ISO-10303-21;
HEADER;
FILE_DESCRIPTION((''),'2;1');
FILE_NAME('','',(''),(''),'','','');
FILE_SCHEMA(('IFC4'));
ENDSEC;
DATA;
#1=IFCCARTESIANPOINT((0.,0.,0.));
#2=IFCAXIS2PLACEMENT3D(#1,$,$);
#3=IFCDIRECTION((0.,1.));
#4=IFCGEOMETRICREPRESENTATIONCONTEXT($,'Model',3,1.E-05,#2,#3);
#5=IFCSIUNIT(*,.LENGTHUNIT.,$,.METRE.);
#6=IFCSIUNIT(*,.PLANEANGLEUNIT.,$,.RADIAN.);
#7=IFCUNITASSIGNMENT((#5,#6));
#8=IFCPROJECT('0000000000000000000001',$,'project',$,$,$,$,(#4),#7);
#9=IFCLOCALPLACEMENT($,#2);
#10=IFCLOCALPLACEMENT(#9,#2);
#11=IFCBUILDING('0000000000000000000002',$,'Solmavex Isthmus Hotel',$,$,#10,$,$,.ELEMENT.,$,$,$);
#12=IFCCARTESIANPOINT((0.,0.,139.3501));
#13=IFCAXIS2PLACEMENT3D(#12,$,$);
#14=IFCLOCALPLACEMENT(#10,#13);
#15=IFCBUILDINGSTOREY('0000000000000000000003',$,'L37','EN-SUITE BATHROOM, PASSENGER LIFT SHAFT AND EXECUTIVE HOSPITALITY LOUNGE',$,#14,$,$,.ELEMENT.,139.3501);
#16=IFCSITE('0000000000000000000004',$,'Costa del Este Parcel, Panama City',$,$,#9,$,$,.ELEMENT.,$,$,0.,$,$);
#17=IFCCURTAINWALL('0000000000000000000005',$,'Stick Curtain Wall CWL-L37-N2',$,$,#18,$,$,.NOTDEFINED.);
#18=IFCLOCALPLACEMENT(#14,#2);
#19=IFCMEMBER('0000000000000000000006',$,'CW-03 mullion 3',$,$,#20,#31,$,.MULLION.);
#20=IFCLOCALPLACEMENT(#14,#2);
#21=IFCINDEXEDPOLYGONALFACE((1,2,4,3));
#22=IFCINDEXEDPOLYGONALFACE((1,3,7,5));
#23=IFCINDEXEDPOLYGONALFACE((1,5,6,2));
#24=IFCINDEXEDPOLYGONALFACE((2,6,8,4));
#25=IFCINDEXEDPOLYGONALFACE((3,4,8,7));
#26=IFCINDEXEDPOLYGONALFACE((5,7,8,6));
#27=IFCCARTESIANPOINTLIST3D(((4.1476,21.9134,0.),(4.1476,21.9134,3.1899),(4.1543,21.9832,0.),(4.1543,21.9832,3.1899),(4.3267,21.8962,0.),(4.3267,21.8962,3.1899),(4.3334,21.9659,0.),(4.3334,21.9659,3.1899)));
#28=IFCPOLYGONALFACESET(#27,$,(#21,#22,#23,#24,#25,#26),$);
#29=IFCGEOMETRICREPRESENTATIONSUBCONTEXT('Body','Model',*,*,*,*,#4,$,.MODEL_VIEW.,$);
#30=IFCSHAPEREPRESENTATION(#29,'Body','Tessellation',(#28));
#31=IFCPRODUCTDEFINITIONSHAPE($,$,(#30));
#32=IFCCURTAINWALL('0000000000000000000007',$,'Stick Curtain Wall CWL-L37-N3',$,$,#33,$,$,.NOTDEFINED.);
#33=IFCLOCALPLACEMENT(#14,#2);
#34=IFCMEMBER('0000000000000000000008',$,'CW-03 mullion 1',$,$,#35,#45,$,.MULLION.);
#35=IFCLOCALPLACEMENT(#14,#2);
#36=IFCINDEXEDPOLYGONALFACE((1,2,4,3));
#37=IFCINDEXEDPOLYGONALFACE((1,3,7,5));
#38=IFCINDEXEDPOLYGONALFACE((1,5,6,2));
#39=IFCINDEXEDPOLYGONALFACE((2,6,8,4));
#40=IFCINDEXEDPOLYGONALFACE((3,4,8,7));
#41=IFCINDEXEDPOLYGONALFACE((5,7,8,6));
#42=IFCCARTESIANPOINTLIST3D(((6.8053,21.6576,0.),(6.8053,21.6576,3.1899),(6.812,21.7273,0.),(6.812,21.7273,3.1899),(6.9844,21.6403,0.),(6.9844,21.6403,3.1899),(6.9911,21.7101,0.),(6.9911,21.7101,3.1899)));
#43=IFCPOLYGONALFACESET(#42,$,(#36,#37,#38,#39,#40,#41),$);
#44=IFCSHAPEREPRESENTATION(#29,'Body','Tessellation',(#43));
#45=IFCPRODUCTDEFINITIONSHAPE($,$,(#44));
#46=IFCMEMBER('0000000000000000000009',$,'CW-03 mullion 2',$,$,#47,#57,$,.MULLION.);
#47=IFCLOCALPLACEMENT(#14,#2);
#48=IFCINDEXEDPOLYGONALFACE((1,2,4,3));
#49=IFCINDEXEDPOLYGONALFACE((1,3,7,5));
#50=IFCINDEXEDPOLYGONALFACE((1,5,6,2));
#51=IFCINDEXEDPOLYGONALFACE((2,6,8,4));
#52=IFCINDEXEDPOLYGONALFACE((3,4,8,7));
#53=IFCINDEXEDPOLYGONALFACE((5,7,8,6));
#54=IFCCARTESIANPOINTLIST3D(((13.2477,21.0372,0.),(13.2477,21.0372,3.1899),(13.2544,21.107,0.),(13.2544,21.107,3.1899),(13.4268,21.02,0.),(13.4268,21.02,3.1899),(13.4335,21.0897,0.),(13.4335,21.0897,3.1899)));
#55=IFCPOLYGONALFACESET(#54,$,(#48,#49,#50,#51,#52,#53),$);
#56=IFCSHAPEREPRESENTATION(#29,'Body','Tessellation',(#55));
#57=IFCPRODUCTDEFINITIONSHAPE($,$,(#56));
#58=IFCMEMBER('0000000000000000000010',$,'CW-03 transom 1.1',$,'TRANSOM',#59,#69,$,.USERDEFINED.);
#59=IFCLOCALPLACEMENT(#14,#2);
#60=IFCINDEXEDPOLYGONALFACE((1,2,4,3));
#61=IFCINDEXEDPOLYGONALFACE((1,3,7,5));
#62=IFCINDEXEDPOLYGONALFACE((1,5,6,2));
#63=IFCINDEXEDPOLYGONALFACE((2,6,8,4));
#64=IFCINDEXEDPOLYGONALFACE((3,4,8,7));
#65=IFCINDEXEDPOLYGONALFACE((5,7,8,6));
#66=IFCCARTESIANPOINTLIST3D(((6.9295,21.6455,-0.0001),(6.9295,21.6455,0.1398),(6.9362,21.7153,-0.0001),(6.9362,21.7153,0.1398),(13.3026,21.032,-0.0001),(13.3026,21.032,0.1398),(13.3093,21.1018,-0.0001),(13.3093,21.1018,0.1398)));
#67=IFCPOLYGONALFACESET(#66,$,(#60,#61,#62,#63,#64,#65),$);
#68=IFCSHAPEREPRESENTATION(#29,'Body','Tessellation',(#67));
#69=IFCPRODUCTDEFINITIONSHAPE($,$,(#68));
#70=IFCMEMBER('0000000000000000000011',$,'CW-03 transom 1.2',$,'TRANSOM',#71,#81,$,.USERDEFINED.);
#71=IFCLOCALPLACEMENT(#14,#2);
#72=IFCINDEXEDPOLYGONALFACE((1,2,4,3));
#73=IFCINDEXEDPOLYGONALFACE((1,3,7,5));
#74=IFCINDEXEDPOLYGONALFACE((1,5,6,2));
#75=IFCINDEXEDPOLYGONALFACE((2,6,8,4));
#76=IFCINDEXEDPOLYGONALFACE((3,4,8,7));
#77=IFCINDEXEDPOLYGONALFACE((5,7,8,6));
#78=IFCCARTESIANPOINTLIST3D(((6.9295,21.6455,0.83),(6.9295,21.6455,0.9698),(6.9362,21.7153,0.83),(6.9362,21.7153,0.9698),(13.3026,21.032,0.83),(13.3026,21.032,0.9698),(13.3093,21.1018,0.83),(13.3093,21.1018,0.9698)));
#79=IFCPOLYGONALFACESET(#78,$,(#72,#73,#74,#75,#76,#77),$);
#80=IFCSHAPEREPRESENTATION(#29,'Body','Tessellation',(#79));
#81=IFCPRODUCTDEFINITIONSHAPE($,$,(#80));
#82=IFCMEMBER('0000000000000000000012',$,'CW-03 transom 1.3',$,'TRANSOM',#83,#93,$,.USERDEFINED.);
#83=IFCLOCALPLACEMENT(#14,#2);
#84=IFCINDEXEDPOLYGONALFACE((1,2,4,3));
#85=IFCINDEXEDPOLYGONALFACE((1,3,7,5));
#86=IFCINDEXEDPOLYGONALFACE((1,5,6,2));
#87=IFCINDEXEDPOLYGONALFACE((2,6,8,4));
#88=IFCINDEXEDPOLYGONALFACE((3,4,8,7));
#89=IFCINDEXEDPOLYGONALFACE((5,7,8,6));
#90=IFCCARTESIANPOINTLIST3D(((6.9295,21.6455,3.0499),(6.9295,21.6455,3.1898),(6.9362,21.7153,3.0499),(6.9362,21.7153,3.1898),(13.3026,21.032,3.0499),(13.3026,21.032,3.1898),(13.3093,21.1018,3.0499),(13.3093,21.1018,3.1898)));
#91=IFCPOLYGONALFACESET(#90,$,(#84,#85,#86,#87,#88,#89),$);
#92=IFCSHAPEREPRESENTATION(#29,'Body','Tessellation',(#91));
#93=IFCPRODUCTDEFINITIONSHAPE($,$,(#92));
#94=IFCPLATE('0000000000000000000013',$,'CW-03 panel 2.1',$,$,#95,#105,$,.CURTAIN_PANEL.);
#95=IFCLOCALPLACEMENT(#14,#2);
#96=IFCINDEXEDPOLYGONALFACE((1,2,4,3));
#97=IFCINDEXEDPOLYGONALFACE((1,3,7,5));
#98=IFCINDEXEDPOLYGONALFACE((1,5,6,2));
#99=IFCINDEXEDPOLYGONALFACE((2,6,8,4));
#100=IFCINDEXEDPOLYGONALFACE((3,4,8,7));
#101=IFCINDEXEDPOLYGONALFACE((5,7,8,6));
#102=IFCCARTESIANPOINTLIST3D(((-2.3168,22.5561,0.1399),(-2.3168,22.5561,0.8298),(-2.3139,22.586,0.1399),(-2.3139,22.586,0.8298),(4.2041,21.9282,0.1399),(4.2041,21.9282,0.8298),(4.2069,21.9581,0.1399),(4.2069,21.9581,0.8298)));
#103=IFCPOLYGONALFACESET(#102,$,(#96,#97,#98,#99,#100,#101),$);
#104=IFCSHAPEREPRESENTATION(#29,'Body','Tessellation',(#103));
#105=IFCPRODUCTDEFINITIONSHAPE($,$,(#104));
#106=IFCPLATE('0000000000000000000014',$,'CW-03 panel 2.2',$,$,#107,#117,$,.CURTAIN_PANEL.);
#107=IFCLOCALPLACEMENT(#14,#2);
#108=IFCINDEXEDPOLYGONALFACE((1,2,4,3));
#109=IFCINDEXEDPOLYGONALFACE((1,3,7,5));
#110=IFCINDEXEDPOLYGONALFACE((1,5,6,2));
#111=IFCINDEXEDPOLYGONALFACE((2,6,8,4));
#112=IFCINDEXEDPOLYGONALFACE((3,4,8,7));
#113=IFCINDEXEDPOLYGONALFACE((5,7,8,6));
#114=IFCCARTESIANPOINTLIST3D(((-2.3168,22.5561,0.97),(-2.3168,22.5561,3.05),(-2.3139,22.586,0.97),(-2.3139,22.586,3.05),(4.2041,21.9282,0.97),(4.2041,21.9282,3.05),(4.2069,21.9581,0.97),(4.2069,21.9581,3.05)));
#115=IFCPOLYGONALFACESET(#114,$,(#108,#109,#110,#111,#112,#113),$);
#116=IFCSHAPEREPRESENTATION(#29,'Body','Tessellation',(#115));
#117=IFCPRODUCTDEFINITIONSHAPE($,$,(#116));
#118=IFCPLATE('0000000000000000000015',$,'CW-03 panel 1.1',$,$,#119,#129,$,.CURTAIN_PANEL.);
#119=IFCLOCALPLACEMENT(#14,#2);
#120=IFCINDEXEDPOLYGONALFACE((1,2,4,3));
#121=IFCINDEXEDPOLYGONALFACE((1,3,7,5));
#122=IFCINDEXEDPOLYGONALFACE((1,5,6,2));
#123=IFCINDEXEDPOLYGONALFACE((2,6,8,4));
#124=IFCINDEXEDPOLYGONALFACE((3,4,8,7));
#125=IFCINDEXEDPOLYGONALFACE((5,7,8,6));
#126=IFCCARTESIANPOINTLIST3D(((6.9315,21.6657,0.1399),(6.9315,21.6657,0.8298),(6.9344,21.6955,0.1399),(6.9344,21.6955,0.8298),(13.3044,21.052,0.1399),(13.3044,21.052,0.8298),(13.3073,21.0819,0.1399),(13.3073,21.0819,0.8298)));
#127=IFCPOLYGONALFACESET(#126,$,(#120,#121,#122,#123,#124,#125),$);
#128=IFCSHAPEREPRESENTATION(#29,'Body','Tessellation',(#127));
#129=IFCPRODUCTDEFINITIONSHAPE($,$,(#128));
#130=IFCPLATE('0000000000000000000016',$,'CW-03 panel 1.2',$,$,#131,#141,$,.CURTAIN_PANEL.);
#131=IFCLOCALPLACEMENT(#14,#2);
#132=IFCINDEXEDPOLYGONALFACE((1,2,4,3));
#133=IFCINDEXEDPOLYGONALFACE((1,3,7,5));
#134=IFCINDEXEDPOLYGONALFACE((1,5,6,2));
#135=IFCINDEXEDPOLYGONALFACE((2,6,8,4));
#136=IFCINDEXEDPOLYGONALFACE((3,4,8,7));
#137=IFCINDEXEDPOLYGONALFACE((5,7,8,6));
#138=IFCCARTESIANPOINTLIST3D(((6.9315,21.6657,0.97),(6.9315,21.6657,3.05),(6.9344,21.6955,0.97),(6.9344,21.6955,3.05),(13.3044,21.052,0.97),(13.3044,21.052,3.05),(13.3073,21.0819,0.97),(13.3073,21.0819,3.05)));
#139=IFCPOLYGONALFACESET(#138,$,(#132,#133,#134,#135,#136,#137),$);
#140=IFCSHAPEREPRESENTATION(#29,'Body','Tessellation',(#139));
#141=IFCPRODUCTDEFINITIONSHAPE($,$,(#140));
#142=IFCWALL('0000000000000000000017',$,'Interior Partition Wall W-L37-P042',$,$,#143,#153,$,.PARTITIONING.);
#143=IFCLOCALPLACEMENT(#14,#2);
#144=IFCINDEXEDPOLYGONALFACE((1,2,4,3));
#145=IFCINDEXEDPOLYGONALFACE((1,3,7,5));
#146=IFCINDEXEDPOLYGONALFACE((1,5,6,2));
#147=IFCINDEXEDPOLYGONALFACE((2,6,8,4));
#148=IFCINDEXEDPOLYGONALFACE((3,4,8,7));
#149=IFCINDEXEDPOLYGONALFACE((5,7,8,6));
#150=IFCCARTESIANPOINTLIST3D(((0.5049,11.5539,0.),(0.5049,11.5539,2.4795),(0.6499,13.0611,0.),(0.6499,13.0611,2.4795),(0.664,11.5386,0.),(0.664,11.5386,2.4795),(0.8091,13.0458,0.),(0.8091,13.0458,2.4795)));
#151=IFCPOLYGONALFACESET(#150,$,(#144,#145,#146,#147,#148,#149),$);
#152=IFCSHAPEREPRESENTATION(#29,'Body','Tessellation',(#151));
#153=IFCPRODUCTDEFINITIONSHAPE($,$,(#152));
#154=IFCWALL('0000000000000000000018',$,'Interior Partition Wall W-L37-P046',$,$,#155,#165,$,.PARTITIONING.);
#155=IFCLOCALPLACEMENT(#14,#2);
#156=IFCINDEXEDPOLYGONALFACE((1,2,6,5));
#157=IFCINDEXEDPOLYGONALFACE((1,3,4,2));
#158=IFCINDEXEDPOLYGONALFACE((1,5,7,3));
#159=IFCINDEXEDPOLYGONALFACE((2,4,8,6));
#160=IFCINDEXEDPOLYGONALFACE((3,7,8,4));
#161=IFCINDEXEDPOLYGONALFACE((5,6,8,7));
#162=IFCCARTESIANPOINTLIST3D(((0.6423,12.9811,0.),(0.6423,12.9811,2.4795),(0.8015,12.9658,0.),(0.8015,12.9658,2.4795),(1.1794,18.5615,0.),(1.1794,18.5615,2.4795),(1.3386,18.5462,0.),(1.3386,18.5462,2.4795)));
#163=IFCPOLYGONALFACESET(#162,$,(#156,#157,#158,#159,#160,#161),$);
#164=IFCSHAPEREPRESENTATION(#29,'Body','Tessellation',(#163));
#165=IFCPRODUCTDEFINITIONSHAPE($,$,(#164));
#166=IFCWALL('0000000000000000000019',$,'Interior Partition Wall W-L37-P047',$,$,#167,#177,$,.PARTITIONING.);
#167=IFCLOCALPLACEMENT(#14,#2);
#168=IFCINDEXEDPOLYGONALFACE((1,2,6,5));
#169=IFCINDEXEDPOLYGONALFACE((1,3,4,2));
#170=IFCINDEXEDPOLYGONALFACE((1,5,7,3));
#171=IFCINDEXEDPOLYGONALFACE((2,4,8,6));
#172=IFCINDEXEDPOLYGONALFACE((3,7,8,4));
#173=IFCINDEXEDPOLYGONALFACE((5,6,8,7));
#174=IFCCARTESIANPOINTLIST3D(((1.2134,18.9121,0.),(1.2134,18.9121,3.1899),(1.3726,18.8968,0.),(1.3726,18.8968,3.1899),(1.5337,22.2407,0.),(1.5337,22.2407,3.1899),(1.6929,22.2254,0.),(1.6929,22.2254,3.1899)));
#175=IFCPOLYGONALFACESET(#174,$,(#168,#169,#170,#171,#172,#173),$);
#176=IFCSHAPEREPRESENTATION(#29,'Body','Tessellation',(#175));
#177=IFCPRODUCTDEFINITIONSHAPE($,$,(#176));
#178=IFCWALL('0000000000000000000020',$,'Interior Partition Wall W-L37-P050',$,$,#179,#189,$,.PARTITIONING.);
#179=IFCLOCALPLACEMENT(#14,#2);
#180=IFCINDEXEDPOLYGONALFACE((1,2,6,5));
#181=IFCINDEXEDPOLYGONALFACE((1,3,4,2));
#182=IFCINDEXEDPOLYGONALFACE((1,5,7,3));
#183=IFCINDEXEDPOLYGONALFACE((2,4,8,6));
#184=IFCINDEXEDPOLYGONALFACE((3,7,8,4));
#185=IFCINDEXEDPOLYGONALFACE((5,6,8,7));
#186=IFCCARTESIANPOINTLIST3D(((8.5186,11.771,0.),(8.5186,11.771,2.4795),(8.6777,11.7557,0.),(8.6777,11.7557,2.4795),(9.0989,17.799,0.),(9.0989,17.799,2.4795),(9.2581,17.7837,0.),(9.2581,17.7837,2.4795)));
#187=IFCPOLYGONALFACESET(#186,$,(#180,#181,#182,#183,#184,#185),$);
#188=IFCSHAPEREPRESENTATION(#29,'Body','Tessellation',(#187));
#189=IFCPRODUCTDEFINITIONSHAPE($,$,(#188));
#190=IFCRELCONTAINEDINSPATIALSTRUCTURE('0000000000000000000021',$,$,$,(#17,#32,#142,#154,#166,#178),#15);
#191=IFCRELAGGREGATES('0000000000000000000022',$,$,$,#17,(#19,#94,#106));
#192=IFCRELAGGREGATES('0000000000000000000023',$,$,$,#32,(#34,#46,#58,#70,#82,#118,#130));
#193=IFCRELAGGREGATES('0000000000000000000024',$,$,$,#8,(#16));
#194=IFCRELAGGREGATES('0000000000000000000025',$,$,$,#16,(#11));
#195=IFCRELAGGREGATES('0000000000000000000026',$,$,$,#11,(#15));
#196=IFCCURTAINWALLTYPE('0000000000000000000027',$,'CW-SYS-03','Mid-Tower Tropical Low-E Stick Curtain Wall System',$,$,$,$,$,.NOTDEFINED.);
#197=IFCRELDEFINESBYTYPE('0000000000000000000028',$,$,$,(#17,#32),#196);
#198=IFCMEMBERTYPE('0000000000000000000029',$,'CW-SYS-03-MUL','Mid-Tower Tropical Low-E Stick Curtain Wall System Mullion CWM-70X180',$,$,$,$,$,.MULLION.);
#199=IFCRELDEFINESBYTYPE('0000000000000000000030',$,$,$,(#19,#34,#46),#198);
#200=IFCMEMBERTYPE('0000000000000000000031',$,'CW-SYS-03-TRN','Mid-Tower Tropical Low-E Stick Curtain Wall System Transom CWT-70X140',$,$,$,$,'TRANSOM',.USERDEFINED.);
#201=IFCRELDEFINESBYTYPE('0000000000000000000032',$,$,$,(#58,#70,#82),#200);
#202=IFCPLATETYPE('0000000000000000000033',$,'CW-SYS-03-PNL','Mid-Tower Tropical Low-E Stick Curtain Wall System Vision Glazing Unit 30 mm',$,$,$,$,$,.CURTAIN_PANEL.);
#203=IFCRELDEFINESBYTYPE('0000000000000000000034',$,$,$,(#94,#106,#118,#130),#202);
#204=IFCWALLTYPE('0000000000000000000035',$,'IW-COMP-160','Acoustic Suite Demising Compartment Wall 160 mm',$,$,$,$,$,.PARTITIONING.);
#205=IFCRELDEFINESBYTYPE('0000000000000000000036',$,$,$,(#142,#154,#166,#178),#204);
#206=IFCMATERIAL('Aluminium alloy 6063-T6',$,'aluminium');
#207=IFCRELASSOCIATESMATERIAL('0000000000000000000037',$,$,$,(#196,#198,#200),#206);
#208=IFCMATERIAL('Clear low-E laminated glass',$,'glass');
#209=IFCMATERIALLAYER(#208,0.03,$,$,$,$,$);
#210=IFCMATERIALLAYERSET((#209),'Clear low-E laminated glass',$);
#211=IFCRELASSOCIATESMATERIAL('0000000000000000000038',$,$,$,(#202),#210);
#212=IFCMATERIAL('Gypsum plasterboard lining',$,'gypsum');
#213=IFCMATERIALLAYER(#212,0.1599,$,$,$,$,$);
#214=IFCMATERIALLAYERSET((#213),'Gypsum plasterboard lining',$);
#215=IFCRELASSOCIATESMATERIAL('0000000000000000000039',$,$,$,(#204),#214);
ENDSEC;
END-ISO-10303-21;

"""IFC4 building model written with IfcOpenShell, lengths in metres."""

from ifc_helpers import new_model, si_unit, direction, frame, frame_2d, origin, origin_2d, place, context, subcontext, project, spatial, rectangle, extrude, material, layer, layer_set, material_profile, profile_set, type_object, element, aggregate, save


model = new_model("IFC4")

# Units and contexts
model_context = context("Model", 3, precision=1e-05, world=origin(), true_north=direction((0.0, 1.0)))
body_context = subcontext(model_context, "Body", "Model", "MODEL_VIEW")
ifc_project = project(units=[si_unit("LENGTHUNIT", "METRE"), si_unit("PLANEANGLEUNIT", "RADIAN")], contexts=[model_context])

# Site, building, storey
site_placement = place(None, origin())
site = spatial("IfcSite", under=ifc_project, at=site_placement, Name="Costa del Este Parcel, Panama City", CompositionType="ELEMENT", RefElevation=0.0)
building_placement = place(site_placement, origin())
building = spatial("IfcBuilding", under=site, at=building_placement, Name="Solmavex Isthmus Hotel", CompositionType="ELEMENT")
storey_placement = place(building_placement, frame((0.0, 0.0, 139.3501)))
storey = spatial("IfcBuildingStorey", under=building, at=storey_placement, Name="L37", Description="EN-SUITE BATHROOM, PASSENGER LIFT SHAFT AND EXECUTIVE HOSPITALITY LOUNGE", CompositionType="ELEMENT", Elevation=139.3501)

# Curtain wall, member
ifc_material_1 = material(Name="Aluminium alloy 6063-T6", Category="aluminium")
curtain_wall_type = type_object("IfcCurtainWallType", Name="CW-SYS-03", Description="Mid-Tower Tropical Low-E Stick Curtain Wall System", PredefinedType="NOTDEFINED", material=ifc_material_1)
curtain_wall_1_placement = place(storey_placement, origin())
curtain_wall_1 = element("IfcCurtainWall", 1, at=curtain_wall_1_placement, inside=storey, type_object=curtain_wall_type, Name="Stick Curtain Wall CWL-L37-N2", PredefinedType="NOTDEFINED")
ifc_material_profile_1 = material_profile(ifc_material_1, rectangle(XDim=0.0701, YDim=0.1799, at=origin_2d()), Name="CWM-70X180")
ifc_profile_set_1 = profile_set([ifc_material_profile_1], Name="Aluminium alloy 6063-T6")
member_type_1 = type_object("IfcMemberType", Name="CW-SYS-03-MUL", Description="Mid-Tower Tropical Low-E Stick Curtain Wall System Mullion CWM-70X180", PredefinedType="MULLION", material=ifc_profile_set_1)
member_1_placement = place(storey_placement, frame((4.2405, 21.9397, 0.0), z_axis=(0.0, 0.0, 1.0), x_axis=(0.095845, 0.995396, 0.0)))
member_1 = element("IfcMember", 2, at=member_1_placement, type_object=member_type_1, Name="CW-03 mullion 3", PredefinedType="MULLION", context=body_context, shape_type="SweptSolid", body=[
    extrude(rectangle(XDim=0.0701, YDim=0.1799, at=origin_2d()), origin(), (0.0, 0.0, 1.0), 3.1899),
])

# Curtain wall, members
curtain_wall_2_placement = place(storey_placement, origin())
curtain_wall_2 = element("IfcCurtainWall", 3, at=curtain_wall_2_placement, inside=storey, type_object=curtain_wall_type, Name="Stick Curtain Wall CWL-L37-N3", PredefinedType="NOTDEFINED")
member_2_placement = place(storey_placement, frame((6.8982, 21.6838, 0.0), z_axis=(0.0, 0.0, 1.0), x_axis=(0.095846, 0.995396, 0.0)))
member_2 = element("IfcMember", 4, at=member_2_placement, type_object=member_type_1, Name="CW-03 mullion 1", PredefinedType="MULLION", context=body_context, shape_type="SweptSolid", body=[
    extrude(rectangle(XDim=0.0701, YDim=0.1799, at=origin_2d()), origin(), (0.0, 0.0, 1.0), 3.1899),
])
member_3_placement = place(storey_placement, frame((13.3406, 21.0635, 0.0), z_axis=(0.0, 0.0, 1.0), x_axis=(0.095846, 0.995396, 0.0)))
member_3 = element("IfcMember", 5, at=member_3_placement, type_object=member_type_1, Name="CW-03 mullion 2", PredefinedType="MULLION", context=body_context, shape_type="SweptSolid", body=[
    extrude(rectangle(XDim=0.0701, YDim=0.1799, at=origin_2d()), origin(), (0.0, 0.0, 1.0), 3.1899),
])
ifc_material_profile_2 = material_profile(ifc_material_1, rectangle(XDim=0.0701, YDim=0.1399, at=origin_2d()), Name="CWT-70X140")
ifc_profile_set_2 = profile_set([ifc_material_profile_2], Name="Aluminium alloy 6063-T6")
member_type_2 = type_object("IfcMemberType", Name="CW-SYS-03-TRN", Description="Mid-Tower Tropical Low-E Stick Curtain Wall System Transom CWT-70X140", ElementType="TRANSOM", PredefinedType="USERDEFINED", material=ifc_profile_set_2)
member_4_placement = place(storey_placement, frame((6.9329, 21.6804, 0.0698), z_axis=(0.995398, -0.095826, 0.0), x_axis=(0.095826, 0.995398, 0.0)))
member_4 = element("IfcMember", 6, at=member_4_placement, type_object=member_type_2, Name="CW-03 transom 1.1", ObjectType="TRANSOM", PredefinedType="USERDEFINED", context=body_context, shape_type="SweptSolid", body=[
    extrude(rectangle(XDim=0.0701, YDim=0.1399, at=origin_2d()), origin(), (0.0, 0.0, 1.0), 6.4026),
])
member_5_placement = place(storey_placement, frame((6.9329, 21.6804, 0.8999), z_axis=(0.995398, -0.095826, 0.0), x_axis=(0.095826, 0.995398, 0.0)))
member_5 = element("IfcMember", 7, at=member_5_placement, type_object=member_type_2, Name="CW-03 transom 1.2", ObjectType="TRANSOM", PredefinedType="USERDEFINED", context=body_context, shape_type="SweptSolid", body=[
    extrude(rectangle(XDim=0.0701, YDim=0.1399, at=origin_2d()), origin(), (0.0, 0.0, 1.0), 6.4026),
])
member_6_placement = place(storey_placement, frame((6.9329, 21.6804, 3.1199), z_axis=(0.995398, -0.095826, 0.0), x_axis=(0.095826, 0.995398, 0.0)))
member_6 = element("IfcMember", 8, at=member_6_placement, type_object=member_type_2, Name="CW-03 transom 1.3", ObjectType="TRANSOM", PredefinedType="USERDEFINED", context=body_context, shape_type="SweptSolid", body=[
    extrude(rectangle(XDim=0.0701, YDim=0.1399, at=origin_2d()), origin(), (0.0, 0.0, 1.0), 6.4026),
])

# Plates
ifc_material_2 = material(Name="Clear low-E laminated glass", Category="glass")
ifc_layer_1 = layer(ifc_material_2, 0.03)
ifc_layer_set_1 = layer_set([ifc_layer_1], Name="Clear low-E laminated glass")
plate_type = type_object("IfcPlateType", Name="CW-SYS-03-PNL", Description="Mid-Tower Tropical Low-E Stick Curtain Wall System Vision Glazing Unit 30 mm", PredefinedType="CURTAIN_PANEL", material=ifc_layer_set_1)
plate_1_placement = place(storey_placement, frame((0.9451, 22.2571, 0.1399), z_axis=(0.0, 0.0, 1.0), x_axis=(0.995396, -0.095845, 0.0)))
plate_1 = element("IfcPlate", 9, at=plate_1_placement, type_object=plate_type, Name="CW-03 panel 2.1", PredefinedType="CURTAIN_PANEL", context=body_context, shape_type="SweptSolid", body=[
    extrude(rectangle(XDim=6.551, YDim=0.03, at=origin_2d()), origin(), (0.0, 0.0, 1.0), 0.6899),
])
plate_2_placement = place(storey_placement, frame((0.9451, 22.2571, 0.97), z_axis=(0.0, 0.0, 1.0), x_axis=(0.995396, -0.095845, 0.0)))
plate_2 = element("IfcPlate", 10, at=plate_2_placement, type_object=plate_type, Name="CW-03 panel 2.2", PredefinedType="CURTAIN_PANEL", context=body_context, shape_type="SweptSolid", body=[
    extrude(rectangle(XDim=6.551, YDim=0.03, at=origin_2d()), origin(), (0.0, 0.0, 1.0), 2.0801),
])
aggregate(curtain_wall_1, [member_1, plate_1, plate_2])
plate_3_placement = place(storey_placement, frame((10.1194, 21.3738, 0.1399), z_axis=(0.0, 0.0, 1.0), x_axis=(0.995396, -0.095846, 0.0)))
plate_3 = element("IfcPlate", 11, at=plate_3_placement, type_object=plate_type, Name="CW-03 panel 1.1", PredefinedType="CURTAIN_PANEL", context=body_context, shape_type="SweptSolid", body=[
    extrude(rectangle(XDim=6.4023, YDim=0.03, at=origin_2d()), origin(), (0.0, 0.0, 1.0), 0.6899),
])
plate_4_placement = place(storey_placement, frame((10.1194, 21.3738, 0.97), z_axis=(0.0, 0.0, 1.0), x_axis=(0.995396, -0.095846, 0.0)))
plate_4 = element("IfcPlate", 12, at=plate_4_placement, type_object=plate_type, Name="CW-03 panel 1.2", PredefinedType="CURTAIN_PANEL", context=body_context, shape_type="SweptSolid", body=[
    extrude(rectangle(XDim=6.4023, YDim=0.03, at=origin_2d()), origin(), (0.0, 0.0, 1.0), 2.0801),
])
aggregate(curtain_wall_2, [member_2, member_3, member_4, member_5, member_6, plate_3, plate_4])

# Walls
ifc_material_3 = material(Name="Gypsum plasterboard lining", Category="gypsum")
ifc_layer_2 = layer(ifc_material_3, 0.1599)
ifc_layer_set_2 = layer_set([ifc_layer_2], Name="Gypsum plasterboard lining")
wall_type_1 = type_object("IfcWallType", Name="IW-COMP-160", Description="Acoustic Suite Demising Compartment Wall 160 mm", PredefinedType="PARTITIONING", material=ifc_layer_set_2)
wall_1_placement = place(storey_placement, frame((0.7295, 13.0535, 0.0), z_axis=(0.0, 0.0, 1.0), x_axis=(-0.095783, -0.995402, 0.0)))
element("IfcWall", 13, at=wall_1_placement, inside=storey, type_object=wall_type_1, Name="Interior Partition Wall W-L37-P042", PredefinedType="PARTITIONING", context=body_context, shape_type="SweptSolid", body=[
    extrude(rectangle(XDim=1.5142, YDim=0.1599, at=frame_2d((0.7571, 0.0))), origin(), (0.0, 0.0, 1.0), 2.4795),
])
wall_2_placement = place(storey_placement, frame((1.259, 18.554, 0.0), z_axis=(0.0, 0.0, 1.0), x_axis=(-0.095808, -0.9954, 0.0)))
element("IfcWall", 14, at=wall_2_placement, inside=storey, type_object=wall_type_1, Name="Interior Partition Wall W-L37-P046", PredefinedType="PARTITIONING", context=body_context, shape_type="SweptSolid", body=[
    extrude(rectangle(XDim=5.6062, YDim=0.1599, at=frame_2d((2.8032, 0.0))), origin(), (0.0, 0.0, 1.0), 2.4795),
])
wall_3_placement = place(storey_placement, frame((1.6133, 22.2329, 0.0), z_axis=(0.0, 0.0, 1.0), x_axis=(-0.095788, -0.995402, 0.0)))
element("IfcWall", 15, at=wall_3_placement, inside=storey, type_object=wall_type_1, Name="Interior Partition Wall W-L37-P047", PredefinedType="PARTITIONING", context=body_context, shape_type="SweptSolid", body=[
    extrude(rectangle(XDim=3.344, YDim=0.1599, at=frame_2d((1.6719, 0.0))), origin(), (0.0, 0.0, 1.0), 3.1899),
])
wall_4_placement = place(storey_placement, frame((9.1785, 17.7913, 0.0), z_axis=(0.0, 0.0, 1.0), x_axis=(-0.095827, -0.995398, 0.0)))
element("IfcWall", 16, at=wall_4_placement, inside=storey, type_object=wall_type_1, Name="Interior Partition Wall W-L37-P050", PredefinedType="PARTITIONING", context=body_context, shape_type="SweptSolid", body=[
    extrude(rectangle(XDim=6.0559, YDim=0.1599, at=frame_2d((3.0278, 0.0))), origin(), (0.0, 0.0, 1.0), 2.4795),
])

save(model, "model.ifc")
